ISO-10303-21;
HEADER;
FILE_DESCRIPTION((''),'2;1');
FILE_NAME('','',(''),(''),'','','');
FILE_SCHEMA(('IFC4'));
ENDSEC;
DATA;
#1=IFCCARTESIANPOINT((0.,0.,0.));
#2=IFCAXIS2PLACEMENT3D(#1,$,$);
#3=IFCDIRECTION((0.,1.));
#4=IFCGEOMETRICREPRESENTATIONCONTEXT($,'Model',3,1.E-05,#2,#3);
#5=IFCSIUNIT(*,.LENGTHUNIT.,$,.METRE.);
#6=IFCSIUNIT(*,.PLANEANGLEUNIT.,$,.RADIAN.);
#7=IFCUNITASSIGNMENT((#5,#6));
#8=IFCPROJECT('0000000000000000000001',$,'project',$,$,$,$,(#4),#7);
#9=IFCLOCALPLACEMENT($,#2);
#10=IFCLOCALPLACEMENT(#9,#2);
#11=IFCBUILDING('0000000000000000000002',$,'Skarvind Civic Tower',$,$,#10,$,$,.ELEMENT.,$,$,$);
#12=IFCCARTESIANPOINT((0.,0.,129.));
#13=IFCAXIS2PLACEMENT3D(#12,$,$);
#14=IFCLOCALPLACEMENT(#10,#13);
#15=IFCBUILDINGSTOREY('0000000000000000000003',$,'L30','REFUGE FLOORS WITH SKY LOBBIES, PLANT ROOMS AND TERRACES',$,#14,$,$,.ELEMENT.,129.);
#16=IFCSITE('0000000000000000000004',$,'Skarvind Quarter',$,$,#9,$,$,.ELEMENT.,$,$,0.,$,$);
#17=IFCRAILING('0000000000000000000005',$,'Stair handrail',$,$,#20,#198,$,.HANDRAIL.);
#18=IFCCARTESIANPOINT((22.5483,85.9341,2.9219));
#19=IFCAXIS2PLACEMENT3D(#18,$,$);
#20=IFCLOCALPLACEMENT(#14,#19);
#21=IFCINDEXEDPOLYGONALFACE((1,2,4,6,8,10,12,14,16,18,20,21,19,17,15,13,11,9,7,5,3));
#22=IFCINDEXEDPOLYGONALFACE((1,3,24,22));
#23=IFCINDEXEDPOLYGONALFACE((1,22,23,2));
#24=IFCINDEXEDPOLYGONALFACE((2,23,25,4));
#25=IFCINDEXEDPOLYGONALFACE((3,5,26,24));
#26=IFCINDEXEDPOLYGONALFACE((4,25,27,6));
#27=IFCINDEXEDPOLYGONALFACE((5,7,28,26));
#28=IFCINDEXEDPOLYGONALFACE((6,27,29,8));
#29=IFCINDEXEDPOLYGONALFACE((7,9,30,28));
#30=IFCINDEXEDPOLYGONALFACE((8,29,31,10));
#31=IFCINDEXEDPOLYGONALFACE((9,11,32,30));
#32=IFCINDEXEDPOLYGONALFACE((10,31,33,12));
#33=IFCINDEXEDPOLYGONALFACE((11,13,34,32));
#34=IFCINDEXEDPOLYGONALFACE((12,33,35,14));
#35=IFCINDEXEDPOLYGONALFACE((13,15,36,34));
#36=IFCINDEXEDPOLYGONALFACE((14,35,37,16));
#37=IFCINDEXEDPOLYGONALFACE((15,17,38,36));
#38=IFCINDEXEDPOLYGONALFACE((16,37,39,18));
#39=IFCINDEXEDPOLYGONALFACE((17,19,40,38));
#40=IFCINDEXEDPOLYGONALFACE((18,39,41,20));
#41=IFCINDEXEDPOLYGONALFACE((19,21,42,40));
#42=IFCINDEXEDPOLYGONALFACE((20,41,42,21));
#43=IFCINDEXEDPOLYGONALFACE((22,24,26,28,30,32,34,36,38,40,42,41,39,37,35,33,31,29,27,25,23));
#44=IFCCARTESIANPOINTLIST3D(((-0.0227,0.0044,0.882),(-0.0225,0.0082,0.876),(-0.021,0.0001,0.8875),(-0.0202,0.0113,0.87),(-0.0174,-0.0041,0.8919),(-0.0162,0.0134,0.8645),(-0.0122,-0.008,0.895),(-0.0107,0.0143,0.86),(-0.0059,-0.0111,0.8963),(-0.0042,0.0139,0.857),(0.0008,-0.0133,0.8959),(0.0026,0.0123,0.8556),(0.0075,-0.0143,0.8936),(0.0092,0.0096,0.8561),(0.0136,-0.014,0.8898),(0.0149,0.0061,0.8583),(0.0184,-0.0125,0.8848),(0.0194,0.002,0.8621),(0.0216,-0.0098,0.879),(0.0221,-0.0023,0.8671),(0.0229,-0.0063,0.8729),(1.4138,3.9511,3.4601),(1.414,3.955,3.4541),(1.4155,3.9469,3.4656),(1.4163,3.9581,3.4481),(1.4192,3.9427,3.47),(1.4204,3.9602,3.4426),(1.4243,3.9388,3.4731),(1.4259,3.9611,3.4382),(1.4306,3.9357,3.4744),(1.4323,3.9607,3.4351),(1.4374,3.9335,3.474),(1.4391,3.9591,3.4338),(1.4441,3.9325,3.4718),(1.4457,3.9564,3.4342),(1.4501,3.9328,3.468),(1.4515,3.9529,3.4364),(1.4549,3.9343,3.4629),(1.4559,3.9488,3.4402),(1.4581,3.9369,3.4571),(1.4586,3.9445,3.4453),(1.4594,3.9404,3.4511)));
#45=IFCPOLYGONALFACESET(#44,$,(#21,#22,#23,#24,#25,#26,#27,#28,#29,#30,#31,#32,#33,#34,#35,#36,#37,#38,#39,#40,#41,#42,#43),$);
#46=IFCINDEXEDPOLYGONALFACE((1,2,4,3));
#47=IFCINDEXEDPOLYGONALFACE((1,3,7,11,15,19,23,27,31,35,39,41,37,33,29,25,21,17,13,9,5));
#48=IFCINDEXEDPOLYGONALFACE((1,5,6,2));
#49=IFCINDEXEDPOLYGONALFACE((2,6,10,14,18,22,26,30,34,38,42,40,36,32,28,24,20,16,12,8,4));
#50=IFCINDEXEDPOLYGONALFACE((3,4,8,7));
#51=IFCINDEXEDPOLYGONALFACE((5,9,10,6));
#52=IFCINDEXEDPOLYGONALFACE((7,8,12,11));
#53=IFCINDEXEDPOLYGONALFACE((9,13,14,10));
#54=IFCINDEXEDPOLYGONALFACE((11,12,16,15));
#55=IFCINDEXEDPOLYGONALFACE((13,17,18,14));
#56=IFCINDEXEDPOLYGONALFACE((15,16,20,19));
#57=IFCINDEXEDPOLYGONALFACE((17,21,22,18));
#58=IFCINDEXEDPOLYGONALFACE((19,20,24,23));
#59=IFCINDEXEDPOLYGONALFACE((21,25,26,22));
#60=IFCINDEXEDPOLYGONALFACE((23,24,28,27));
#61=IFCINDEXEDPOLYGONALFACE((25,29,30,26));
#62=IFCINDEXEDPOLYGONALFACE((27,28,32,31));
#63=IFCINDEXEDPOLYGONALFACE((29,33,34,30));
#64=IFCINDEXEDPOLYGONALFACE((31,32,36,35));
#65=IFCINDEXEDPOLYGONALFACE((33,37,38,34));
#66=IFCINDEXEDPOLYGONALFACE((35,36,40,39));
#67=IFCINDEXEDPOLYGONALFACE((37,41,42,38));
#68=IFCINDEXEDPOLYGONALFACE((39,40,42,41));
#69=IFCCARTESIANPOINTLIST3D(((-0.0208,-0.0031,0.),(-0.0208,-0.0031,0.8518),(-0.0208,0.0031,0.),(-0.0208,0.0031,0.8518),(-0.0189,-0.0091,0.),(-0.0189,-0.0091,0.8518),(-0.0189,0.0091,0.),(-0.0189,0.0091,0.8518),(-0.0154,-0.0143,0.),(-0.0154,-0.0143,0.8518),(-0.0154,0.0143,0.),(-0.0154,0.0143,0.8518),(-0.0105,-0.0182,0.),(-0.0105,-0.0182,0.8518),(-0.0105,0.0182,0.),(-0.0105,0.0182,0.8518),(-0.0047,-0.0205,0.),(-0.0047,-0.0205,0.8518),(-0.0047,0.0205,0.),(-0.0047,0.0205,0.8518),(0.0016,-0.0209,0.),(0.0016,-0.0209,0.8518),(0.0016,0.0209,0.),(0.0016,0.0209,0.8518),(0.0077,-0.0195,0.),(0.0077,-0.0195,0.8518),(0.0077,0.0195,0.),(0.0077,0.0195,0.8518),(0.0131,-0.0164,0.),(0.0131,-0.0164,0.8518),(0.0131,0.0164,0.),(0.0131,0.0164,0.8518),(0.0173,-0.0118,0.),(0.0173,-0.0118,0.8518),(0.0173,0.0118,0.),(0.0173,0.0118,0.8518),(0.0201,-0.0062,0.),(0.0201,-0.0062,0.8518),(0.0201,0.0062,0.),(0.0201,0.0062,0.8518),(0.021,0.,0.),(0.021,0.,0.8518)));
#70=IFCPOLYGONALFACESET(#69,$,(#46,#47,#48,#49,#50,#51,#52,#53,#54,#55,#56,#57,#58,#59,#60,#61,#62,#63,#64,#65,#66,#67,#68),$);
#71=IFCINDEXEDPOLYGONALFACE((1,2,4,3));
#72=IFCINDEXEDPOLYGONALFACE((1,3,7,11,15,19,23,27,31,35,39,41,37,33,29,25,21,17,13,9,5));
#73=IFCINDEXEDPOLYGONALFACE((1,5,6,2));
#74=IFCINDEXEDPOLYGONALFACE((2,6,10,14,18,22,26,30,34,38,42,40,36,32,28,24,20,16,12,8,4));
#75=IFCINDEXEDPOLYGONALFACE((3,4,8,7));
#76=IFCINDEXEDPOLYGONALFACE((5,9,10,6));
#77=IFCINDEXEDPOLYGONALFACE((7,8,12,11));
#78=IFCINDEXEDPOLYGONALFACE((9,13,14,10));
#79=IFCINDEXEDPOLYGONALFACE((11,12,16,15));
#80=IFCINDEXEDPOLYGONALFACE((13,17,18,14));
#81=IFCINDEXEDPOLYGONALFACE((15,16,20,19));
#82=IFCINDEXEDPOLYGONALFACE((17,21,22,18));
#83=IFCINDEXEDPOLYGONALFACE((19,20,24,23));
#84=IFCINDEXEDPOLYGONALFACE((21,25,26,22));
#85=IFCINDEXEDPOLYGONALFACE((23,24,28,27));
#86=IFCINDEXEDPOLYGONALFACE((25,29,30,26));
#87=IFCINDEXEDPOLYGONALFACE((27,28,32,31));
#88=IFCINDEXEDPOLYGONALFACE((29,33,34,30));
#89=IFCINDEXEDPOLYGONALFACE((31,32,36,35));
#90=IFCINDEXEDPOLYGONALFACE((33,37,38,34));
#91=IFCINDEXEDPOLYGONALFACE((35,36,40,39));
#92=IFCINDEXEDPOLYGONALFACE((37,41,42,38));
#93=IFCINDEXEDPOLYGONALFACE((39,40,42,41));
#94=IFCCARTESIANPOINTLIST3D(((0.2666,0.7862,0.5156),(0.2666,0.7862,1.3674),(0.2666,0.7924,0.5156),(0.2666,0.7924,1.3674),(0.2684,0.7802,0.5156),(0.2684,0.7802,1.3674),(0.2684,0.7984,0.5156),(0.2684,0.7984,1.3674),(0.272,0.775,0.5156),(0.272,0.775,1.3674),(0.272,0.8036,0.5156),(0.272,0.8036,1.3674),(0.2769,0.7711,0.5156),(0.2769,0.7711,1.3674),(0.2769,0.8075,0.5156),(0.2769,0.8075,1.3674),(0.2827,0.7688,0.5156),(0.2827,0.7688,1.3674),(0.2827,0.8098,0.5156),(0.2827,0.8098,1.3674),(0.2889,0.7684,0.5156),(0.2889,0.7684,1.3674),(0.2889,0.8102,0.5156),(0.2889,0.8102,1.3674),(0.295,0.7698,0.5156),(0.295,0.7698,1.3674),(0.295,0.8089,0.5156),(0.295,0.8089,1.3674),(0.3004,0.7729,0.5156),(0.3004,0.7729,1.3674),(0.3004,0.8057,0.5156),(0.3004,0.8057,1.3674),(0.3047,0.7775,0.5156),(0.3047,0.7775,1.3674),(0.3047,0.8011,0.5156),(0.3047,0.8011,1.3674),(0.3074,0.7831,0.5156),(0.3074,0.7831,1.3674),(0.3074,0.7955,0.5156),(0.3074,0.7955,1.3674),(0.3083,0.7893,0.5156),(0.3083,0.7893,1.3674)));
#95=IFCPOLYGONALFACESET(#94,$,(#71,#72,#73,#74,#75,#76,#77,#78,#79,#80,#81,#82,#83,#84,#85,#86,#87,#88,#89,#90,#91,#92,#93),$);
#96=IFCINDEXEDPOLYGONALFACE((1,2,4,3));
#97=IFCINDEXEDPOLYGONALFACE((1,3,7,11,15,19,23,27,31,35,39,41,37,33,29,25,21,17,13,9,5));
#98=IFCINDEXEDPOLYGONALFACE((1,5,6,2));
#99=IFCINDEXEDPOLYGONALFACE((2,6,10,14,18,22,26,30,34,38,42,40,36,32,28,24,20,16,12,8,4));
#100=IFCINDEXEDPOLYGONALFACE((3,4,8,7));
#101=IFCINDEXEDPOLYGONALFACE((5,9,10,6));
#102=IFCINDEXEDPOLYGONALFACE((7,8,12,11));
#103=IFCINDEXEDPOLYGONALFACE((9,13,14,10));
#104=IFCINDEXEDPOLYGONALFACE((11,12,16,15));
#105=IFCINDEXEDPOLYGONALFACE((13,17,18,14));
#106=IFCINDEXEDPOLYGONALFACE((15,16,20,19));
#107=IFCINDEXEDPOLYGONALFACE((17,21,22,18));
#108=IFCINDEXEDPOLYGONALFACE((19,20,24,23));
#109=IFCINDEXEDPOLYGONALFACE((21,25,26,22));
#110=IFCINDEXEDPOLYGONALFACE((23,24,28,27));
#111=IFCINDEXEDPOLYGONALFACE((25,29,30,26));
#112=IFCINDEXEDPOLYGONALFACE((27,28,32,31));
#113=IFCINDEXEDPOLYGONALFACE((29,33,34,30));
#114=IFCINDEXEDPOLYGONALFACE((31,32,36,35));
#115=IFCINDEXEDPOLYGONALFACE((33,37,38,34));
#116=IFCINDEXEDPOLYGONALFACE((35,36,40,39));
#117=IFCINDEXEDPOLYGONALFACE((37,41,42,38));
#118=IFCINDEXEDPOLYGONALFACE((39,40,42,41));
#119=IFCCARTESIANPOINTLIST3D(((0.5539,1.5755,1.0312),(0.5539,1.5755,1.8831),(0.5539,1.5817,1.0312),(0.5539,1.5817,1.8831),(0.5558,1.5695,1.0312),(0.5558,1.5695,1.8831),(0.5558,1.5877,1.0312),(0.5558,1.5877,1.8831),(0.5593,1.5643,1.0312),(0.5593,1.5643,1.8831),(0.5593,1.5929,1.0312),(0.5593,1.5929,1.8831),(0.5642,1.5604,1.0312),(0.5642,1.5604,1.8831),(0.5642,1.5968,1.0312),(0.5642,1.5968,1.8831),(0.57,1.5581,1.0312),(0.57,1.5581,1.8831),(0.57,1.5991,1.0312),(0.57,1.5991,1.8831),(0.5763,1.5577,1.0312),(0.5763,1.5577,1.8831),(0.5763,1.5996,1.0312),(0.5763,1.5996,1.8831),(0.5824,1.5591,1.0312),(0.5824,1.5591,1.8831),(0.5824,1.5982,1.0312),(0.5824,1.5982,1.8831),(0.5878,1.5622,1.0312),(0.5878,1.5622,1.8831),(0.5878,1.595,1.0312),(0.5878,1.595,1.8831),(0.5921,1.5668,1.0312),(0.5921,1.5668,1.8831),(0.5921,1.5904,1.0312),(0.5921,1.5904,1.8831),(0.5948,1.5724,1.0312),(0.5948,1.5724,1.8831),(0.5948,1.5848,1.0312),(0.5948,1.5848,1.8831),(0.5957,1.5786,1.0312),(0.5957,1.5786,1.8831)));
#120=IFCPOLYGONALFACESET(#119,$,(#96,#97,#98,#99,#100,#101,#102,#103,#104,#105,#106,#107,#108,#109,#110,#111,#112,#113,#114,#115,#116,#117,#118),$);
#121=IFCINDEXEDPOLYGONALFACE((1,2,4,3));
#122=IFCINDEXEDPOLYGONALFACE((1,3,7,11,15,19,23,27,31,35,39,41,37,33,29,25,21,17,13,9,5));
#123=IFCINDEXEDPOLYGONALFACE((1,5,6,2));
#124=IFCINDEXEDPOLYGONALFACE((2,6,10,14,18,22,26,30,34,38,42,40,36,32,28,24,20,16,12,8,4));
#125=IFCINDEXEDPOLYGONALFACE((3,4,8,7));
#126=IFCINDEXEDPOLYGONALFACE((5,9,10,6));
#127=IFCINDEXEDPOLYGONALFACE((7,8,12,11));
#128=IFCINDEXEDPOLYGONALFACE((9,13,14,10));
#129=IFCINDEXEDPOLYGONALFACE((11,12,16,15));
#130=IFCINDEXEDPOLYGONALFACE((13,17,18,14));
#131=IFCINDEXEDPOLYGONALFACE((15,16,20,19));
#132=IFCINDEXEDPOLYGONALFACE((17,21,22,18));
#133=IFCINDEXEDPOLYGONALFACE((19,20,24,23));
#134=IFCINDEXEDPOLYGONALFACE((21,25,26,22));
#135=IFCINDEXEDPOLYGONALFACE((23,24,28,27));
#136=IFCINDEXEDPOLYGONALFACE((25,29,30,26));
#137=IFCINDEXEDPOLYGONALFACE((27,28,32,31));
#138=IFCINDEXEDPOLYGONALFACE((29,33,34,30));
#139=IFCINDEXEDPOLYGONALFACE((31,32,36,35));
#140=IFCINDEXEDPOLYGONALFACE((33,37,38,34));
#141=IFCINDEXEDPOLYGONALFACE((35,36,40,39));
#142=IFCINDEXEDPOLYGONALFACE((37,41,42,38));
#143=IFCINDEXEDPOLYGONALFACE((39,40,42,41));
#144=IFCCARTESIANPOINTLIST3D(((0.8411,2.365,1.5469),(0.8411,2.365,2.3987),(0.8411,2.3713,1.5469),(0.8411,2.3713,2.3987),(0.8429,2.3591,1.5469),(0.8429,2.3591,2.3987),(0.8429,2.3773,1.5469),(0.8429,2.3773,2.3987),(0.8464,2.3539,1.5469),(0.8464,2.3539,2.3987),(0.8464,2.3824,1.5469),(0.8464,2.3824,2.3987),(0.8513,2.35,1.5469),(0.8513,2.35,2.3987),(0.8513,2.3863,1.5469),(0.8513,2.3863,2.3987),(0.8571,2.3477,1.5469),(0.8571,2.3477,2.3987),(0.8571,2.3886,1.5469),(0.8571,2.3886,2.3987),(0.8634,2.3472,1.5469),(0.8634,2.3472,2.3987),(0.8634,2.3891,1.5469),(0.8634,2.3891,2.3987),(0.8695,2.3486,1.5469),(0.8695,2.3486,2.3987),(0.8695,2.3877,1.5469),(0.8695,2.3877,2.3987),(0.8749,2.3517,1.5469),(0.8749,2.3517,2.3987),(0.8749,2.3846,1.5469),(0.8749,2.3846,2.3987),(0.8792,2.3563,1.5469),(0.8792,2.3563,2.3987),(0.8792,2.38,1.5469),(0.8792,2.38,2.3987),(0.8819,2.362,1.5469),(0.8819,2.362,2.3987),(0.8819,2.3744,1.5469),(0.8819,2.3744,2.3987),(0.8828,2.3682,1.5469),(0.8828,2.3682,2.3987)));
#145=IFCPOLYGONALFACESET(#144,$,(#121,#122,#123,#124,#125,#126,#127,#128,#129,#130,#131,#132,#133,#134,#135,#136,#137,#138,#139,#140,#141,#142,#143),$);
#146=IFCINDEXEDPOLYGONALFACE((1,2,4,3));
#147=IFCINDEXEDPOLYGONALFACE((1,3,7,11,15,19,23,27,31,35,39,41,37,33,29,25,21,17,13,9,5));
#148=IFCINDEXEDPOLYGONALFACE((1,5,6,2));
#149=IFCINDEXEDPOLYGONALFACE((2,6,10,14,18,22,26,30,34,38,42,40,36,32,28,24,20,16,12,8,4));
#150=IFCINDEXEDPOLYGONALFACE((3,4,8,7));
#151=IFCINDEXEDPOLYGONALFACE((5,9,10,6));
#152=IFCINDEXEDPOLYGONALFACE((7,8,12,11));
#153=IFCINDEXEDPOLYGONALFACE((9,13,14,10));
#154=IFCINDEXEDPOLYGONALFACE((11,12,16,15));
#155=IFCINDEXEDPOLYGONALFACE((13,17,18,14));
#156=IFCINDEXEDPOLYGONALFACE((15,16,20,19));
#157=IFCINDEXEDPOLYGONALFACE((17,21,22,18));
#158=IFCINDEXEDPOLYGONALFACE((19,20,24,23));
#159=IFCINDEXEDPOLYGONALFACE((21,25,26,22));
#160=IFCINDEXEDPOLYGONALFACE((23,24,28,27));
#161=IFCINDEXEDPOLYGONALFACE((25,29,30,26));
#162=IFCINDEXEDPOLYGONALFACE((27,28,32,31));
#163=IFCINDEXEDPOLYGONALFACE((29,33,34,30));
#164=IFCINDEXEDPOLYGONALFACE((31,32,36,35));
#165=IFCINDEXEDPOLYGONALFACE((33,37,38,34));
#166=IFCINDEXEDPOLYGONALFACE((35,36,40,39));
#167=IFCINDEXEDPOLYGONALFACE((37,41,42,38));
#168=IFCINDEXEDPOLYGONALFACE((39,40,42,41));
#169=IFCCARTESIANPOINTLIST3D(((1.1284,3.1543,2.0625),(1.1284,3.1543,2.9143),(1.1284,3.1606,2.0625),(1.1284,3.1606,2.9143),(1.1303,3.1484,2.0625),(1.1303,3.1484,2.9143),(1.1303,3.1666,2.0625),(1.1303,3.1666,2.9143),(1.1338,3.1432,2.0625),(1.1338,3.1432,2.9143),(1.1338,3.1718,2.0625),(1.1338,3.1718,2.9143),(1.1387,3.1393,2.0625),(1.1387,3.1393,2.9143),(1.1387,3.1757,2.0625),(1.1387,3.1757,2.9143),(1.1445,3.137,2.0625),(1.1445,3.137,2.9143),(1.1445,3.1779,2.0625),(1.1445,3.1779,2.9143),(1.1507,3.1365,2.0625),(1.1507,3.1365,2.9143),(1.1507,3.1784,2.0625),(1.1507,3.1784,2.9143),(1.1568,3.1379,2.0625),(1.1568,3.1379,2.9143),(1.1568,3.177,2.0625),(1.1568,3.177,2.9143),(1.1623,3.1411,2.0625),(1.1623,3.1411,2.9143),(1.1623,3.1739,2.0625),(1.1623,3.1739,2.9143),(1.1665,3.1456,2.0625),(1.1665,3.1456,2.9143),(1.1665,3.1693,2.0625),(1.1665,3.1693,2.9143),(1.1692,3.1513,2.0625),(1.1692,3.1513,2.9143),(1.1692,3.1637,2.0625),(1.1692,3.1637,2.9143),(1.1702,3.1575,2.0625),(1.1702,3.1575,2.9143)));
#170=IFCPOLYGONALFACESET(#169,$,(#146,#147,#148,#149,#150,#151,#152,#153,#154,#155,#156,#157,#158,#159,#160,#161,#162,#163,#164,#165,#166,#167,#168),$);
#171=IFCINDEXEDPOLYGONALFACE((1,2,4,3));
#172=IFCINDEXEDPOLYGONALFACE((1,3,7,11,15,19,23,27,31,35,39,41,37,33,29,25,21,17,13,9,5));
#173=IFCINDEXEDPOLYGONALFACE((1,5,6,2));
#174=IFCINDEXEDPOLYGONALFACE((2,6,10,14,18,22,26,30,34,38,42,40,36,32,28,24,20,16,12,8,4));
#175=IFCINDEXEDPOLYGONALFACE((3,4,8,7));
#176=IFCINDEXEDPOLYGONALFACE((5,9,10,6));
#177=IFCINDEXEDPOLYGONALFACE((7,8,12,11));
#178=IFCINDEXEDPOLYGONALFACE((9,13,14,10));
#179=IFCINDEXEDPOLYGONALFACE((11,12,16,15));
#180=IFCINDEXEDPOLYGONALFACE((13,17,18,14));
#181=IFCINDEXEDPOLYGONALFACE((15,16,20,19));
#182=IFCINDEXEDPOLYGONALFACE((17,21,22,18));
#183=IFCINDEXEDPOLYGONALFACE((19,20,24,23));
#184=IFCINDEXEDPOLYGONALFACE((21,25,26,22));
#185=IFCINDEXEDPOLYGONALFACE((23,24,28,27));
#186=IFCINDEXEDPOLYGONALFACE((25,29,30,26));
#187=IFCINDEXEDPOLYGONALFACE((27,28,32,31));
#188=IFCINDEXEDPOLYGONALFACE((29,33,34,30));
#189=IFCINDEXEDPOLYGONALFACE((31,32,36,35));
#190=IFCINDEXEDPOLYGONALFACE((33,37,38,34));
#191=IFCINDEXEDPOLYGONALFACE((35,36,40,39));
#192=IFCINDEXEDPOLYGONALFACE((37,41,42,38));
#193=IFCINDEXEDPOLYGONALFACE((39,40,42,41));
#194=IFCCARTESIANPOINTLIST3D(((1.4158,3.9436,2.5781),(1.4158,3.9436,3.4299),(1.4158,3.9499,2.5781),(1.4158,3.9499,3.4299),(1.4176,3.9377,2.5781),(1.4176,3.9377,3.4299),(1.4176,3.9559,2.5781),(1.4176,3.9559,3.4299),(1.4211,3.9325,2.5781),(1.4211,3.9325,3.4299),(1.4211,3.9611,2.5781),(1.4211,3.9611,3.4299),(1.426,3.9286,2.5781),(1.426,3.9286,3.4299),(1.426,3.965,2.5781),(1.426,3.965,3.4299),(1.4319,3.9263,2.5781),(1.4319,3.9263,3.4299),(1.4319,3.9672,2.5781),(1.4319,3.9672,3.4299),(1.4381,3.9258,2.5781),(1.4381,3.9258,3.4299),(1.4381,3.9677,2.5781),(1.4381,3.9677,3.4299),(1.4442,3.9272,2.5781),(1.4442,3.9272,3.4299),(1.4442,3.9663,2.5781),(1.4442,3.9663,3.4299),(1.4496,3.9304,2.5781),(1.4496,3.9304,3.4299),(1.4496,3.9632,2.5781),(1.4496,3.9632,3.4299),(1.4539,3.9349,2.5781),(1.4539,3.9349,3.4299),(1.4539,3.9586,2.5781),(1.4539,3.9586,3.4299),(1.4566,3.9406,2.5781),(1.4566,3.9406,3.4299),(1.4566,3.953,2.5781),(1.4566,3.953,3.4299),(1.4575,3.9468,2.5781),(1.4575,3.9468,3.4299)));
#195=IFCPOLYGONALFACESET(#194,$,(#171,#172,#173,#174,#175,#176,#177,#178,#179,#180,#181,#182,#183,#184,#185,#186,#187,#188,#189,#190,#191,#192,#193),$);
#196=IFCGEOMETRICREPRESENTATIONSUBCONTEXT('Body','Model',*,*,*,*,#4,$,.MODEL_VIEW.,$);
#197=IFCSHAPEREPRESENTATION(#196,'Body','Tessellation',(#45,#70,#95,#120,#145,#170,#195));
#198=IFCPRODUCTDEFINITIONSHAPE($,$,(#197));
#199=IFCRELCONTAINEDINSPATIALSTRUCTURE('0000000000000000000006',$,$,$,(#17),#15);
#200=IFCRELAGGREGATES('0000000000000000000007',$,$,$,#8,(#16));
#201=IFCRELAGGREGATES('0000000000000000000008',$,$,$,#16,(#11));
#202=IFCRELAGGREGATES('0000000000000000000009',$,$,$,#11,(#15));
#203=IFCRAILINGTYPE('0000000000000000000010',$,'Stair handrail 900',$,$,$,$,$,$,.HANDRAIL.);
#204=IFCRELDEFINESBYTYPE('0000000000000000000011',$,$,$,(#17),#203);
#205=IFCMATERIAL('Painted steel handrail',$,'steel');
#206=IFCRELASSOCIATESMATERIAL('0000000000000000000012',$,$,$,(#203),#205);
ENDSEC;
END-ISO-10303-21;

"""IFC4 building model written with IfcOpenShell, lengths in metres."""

from ifc_helpers import new_model, si_unit, direction, frame, origin, origin_2d, place, context, subcontext, project, spatial, circle, extrude, material, type_object, element, save


model = new_model("IFC4")

# Units and contexts
model_context = context("Model", 3, precision=1e-05, world=origin(), true_north=direction((0.0, 1.0)))
body_context = subcontext(model_context, "Body", "Model", "MODEL_VIEW")
ifc_project = project(units=[si_unit("LENGTHUNIT", "METRE"), si_unit("PLANEANGLEUNIT", "RADIAN")], contexts=[model_context])

# Site, building, storey
site_placement = place(None, origin())
site = spatial("IfcSite", under=ifc_project, at=site_placement, Name="Skarvind Quarter", CompositionType="ELEMENT", RefElevation=0.0)
building_placement = place(site_placement, origin())
building = spatial("IfcBuilding", under=site, at=building_placement, Name="Skarvind Civic Tower", CompositionType="ELEMENT")
storey_placement = place(building_placement, frame((0.0, 0.0, 129.0)))
storey = spatial("IfcBuildingStorey", under=building, at=storey_placement, Name="L30", Description="REFUGE FLOORS WITH SKY LOBBIES, PLANT ROOMS AND TERRACES", CompositionType="ELEMENT", Elevation=129.0)

# Railing
ifc_material_1 = material(Name="Painted steel handrail", Category="steel")
railing_type = type_object("IfcRailingType", Name="Stair handrail 900", PredefinedType="HANDRAIL", material=ifc_material_1)
railing_1_placement = place(storey_placement, frame((22.5483, 85.9341, 2.9219)))
element("IfcRailing", 1, at=railing_1_placement, inside=storey, type_object=railing_type, Name="Stair handrail", PredefinedType="HANDRAIL", context=body_context, shape_type="SweptSolid", body=[
    extrude(circle(Radius=0.0239, at=origin_2d()), frame((0.0, 0.0, 0.876), z_axis=(0.291489, 0.800852, 0.523135), x_axis=(-0.939692, 0.342023, 0.0)), (0.0, 0.0, 1.0), 4.9282),
    extrude(circle(Radius=0.021, at=origin_2d()), origin(), (0.0, 0.0, 1.0), 0.8518),
    extrude(circle(Radius=0.021, at=origin_2d()), frame((0.2874, 0.7893, 0.5156)), (0.0, 0.0, 1.0), 0.8518),
    extrude(circle(Radius=0.021, at=origin_2d()), frame((0.5747, 1.5786, 1.0312)), (0.0, 0.0, 1.0), 0.8518),
    extrude(circle(Radius=0.021, at=origin_2d()), frame((0.8618, 2.3682, 1.5469)), (0.0, 0.0, 1.0), 0.8518),
    extrude(circle(Radius=0.021, at=origin_2d()), frame((1.1492, 3.1575, 2.0625)), (0.0, 0.0, 1.0), 0.8518),
    extrude(circle(Radius=0.021, at=origin_2d()), frame((1.4365, 3.9468, 2.5781)), (0.0, 0.0, 1.0), 0.8518),
])

save(model, "model.ifc")
